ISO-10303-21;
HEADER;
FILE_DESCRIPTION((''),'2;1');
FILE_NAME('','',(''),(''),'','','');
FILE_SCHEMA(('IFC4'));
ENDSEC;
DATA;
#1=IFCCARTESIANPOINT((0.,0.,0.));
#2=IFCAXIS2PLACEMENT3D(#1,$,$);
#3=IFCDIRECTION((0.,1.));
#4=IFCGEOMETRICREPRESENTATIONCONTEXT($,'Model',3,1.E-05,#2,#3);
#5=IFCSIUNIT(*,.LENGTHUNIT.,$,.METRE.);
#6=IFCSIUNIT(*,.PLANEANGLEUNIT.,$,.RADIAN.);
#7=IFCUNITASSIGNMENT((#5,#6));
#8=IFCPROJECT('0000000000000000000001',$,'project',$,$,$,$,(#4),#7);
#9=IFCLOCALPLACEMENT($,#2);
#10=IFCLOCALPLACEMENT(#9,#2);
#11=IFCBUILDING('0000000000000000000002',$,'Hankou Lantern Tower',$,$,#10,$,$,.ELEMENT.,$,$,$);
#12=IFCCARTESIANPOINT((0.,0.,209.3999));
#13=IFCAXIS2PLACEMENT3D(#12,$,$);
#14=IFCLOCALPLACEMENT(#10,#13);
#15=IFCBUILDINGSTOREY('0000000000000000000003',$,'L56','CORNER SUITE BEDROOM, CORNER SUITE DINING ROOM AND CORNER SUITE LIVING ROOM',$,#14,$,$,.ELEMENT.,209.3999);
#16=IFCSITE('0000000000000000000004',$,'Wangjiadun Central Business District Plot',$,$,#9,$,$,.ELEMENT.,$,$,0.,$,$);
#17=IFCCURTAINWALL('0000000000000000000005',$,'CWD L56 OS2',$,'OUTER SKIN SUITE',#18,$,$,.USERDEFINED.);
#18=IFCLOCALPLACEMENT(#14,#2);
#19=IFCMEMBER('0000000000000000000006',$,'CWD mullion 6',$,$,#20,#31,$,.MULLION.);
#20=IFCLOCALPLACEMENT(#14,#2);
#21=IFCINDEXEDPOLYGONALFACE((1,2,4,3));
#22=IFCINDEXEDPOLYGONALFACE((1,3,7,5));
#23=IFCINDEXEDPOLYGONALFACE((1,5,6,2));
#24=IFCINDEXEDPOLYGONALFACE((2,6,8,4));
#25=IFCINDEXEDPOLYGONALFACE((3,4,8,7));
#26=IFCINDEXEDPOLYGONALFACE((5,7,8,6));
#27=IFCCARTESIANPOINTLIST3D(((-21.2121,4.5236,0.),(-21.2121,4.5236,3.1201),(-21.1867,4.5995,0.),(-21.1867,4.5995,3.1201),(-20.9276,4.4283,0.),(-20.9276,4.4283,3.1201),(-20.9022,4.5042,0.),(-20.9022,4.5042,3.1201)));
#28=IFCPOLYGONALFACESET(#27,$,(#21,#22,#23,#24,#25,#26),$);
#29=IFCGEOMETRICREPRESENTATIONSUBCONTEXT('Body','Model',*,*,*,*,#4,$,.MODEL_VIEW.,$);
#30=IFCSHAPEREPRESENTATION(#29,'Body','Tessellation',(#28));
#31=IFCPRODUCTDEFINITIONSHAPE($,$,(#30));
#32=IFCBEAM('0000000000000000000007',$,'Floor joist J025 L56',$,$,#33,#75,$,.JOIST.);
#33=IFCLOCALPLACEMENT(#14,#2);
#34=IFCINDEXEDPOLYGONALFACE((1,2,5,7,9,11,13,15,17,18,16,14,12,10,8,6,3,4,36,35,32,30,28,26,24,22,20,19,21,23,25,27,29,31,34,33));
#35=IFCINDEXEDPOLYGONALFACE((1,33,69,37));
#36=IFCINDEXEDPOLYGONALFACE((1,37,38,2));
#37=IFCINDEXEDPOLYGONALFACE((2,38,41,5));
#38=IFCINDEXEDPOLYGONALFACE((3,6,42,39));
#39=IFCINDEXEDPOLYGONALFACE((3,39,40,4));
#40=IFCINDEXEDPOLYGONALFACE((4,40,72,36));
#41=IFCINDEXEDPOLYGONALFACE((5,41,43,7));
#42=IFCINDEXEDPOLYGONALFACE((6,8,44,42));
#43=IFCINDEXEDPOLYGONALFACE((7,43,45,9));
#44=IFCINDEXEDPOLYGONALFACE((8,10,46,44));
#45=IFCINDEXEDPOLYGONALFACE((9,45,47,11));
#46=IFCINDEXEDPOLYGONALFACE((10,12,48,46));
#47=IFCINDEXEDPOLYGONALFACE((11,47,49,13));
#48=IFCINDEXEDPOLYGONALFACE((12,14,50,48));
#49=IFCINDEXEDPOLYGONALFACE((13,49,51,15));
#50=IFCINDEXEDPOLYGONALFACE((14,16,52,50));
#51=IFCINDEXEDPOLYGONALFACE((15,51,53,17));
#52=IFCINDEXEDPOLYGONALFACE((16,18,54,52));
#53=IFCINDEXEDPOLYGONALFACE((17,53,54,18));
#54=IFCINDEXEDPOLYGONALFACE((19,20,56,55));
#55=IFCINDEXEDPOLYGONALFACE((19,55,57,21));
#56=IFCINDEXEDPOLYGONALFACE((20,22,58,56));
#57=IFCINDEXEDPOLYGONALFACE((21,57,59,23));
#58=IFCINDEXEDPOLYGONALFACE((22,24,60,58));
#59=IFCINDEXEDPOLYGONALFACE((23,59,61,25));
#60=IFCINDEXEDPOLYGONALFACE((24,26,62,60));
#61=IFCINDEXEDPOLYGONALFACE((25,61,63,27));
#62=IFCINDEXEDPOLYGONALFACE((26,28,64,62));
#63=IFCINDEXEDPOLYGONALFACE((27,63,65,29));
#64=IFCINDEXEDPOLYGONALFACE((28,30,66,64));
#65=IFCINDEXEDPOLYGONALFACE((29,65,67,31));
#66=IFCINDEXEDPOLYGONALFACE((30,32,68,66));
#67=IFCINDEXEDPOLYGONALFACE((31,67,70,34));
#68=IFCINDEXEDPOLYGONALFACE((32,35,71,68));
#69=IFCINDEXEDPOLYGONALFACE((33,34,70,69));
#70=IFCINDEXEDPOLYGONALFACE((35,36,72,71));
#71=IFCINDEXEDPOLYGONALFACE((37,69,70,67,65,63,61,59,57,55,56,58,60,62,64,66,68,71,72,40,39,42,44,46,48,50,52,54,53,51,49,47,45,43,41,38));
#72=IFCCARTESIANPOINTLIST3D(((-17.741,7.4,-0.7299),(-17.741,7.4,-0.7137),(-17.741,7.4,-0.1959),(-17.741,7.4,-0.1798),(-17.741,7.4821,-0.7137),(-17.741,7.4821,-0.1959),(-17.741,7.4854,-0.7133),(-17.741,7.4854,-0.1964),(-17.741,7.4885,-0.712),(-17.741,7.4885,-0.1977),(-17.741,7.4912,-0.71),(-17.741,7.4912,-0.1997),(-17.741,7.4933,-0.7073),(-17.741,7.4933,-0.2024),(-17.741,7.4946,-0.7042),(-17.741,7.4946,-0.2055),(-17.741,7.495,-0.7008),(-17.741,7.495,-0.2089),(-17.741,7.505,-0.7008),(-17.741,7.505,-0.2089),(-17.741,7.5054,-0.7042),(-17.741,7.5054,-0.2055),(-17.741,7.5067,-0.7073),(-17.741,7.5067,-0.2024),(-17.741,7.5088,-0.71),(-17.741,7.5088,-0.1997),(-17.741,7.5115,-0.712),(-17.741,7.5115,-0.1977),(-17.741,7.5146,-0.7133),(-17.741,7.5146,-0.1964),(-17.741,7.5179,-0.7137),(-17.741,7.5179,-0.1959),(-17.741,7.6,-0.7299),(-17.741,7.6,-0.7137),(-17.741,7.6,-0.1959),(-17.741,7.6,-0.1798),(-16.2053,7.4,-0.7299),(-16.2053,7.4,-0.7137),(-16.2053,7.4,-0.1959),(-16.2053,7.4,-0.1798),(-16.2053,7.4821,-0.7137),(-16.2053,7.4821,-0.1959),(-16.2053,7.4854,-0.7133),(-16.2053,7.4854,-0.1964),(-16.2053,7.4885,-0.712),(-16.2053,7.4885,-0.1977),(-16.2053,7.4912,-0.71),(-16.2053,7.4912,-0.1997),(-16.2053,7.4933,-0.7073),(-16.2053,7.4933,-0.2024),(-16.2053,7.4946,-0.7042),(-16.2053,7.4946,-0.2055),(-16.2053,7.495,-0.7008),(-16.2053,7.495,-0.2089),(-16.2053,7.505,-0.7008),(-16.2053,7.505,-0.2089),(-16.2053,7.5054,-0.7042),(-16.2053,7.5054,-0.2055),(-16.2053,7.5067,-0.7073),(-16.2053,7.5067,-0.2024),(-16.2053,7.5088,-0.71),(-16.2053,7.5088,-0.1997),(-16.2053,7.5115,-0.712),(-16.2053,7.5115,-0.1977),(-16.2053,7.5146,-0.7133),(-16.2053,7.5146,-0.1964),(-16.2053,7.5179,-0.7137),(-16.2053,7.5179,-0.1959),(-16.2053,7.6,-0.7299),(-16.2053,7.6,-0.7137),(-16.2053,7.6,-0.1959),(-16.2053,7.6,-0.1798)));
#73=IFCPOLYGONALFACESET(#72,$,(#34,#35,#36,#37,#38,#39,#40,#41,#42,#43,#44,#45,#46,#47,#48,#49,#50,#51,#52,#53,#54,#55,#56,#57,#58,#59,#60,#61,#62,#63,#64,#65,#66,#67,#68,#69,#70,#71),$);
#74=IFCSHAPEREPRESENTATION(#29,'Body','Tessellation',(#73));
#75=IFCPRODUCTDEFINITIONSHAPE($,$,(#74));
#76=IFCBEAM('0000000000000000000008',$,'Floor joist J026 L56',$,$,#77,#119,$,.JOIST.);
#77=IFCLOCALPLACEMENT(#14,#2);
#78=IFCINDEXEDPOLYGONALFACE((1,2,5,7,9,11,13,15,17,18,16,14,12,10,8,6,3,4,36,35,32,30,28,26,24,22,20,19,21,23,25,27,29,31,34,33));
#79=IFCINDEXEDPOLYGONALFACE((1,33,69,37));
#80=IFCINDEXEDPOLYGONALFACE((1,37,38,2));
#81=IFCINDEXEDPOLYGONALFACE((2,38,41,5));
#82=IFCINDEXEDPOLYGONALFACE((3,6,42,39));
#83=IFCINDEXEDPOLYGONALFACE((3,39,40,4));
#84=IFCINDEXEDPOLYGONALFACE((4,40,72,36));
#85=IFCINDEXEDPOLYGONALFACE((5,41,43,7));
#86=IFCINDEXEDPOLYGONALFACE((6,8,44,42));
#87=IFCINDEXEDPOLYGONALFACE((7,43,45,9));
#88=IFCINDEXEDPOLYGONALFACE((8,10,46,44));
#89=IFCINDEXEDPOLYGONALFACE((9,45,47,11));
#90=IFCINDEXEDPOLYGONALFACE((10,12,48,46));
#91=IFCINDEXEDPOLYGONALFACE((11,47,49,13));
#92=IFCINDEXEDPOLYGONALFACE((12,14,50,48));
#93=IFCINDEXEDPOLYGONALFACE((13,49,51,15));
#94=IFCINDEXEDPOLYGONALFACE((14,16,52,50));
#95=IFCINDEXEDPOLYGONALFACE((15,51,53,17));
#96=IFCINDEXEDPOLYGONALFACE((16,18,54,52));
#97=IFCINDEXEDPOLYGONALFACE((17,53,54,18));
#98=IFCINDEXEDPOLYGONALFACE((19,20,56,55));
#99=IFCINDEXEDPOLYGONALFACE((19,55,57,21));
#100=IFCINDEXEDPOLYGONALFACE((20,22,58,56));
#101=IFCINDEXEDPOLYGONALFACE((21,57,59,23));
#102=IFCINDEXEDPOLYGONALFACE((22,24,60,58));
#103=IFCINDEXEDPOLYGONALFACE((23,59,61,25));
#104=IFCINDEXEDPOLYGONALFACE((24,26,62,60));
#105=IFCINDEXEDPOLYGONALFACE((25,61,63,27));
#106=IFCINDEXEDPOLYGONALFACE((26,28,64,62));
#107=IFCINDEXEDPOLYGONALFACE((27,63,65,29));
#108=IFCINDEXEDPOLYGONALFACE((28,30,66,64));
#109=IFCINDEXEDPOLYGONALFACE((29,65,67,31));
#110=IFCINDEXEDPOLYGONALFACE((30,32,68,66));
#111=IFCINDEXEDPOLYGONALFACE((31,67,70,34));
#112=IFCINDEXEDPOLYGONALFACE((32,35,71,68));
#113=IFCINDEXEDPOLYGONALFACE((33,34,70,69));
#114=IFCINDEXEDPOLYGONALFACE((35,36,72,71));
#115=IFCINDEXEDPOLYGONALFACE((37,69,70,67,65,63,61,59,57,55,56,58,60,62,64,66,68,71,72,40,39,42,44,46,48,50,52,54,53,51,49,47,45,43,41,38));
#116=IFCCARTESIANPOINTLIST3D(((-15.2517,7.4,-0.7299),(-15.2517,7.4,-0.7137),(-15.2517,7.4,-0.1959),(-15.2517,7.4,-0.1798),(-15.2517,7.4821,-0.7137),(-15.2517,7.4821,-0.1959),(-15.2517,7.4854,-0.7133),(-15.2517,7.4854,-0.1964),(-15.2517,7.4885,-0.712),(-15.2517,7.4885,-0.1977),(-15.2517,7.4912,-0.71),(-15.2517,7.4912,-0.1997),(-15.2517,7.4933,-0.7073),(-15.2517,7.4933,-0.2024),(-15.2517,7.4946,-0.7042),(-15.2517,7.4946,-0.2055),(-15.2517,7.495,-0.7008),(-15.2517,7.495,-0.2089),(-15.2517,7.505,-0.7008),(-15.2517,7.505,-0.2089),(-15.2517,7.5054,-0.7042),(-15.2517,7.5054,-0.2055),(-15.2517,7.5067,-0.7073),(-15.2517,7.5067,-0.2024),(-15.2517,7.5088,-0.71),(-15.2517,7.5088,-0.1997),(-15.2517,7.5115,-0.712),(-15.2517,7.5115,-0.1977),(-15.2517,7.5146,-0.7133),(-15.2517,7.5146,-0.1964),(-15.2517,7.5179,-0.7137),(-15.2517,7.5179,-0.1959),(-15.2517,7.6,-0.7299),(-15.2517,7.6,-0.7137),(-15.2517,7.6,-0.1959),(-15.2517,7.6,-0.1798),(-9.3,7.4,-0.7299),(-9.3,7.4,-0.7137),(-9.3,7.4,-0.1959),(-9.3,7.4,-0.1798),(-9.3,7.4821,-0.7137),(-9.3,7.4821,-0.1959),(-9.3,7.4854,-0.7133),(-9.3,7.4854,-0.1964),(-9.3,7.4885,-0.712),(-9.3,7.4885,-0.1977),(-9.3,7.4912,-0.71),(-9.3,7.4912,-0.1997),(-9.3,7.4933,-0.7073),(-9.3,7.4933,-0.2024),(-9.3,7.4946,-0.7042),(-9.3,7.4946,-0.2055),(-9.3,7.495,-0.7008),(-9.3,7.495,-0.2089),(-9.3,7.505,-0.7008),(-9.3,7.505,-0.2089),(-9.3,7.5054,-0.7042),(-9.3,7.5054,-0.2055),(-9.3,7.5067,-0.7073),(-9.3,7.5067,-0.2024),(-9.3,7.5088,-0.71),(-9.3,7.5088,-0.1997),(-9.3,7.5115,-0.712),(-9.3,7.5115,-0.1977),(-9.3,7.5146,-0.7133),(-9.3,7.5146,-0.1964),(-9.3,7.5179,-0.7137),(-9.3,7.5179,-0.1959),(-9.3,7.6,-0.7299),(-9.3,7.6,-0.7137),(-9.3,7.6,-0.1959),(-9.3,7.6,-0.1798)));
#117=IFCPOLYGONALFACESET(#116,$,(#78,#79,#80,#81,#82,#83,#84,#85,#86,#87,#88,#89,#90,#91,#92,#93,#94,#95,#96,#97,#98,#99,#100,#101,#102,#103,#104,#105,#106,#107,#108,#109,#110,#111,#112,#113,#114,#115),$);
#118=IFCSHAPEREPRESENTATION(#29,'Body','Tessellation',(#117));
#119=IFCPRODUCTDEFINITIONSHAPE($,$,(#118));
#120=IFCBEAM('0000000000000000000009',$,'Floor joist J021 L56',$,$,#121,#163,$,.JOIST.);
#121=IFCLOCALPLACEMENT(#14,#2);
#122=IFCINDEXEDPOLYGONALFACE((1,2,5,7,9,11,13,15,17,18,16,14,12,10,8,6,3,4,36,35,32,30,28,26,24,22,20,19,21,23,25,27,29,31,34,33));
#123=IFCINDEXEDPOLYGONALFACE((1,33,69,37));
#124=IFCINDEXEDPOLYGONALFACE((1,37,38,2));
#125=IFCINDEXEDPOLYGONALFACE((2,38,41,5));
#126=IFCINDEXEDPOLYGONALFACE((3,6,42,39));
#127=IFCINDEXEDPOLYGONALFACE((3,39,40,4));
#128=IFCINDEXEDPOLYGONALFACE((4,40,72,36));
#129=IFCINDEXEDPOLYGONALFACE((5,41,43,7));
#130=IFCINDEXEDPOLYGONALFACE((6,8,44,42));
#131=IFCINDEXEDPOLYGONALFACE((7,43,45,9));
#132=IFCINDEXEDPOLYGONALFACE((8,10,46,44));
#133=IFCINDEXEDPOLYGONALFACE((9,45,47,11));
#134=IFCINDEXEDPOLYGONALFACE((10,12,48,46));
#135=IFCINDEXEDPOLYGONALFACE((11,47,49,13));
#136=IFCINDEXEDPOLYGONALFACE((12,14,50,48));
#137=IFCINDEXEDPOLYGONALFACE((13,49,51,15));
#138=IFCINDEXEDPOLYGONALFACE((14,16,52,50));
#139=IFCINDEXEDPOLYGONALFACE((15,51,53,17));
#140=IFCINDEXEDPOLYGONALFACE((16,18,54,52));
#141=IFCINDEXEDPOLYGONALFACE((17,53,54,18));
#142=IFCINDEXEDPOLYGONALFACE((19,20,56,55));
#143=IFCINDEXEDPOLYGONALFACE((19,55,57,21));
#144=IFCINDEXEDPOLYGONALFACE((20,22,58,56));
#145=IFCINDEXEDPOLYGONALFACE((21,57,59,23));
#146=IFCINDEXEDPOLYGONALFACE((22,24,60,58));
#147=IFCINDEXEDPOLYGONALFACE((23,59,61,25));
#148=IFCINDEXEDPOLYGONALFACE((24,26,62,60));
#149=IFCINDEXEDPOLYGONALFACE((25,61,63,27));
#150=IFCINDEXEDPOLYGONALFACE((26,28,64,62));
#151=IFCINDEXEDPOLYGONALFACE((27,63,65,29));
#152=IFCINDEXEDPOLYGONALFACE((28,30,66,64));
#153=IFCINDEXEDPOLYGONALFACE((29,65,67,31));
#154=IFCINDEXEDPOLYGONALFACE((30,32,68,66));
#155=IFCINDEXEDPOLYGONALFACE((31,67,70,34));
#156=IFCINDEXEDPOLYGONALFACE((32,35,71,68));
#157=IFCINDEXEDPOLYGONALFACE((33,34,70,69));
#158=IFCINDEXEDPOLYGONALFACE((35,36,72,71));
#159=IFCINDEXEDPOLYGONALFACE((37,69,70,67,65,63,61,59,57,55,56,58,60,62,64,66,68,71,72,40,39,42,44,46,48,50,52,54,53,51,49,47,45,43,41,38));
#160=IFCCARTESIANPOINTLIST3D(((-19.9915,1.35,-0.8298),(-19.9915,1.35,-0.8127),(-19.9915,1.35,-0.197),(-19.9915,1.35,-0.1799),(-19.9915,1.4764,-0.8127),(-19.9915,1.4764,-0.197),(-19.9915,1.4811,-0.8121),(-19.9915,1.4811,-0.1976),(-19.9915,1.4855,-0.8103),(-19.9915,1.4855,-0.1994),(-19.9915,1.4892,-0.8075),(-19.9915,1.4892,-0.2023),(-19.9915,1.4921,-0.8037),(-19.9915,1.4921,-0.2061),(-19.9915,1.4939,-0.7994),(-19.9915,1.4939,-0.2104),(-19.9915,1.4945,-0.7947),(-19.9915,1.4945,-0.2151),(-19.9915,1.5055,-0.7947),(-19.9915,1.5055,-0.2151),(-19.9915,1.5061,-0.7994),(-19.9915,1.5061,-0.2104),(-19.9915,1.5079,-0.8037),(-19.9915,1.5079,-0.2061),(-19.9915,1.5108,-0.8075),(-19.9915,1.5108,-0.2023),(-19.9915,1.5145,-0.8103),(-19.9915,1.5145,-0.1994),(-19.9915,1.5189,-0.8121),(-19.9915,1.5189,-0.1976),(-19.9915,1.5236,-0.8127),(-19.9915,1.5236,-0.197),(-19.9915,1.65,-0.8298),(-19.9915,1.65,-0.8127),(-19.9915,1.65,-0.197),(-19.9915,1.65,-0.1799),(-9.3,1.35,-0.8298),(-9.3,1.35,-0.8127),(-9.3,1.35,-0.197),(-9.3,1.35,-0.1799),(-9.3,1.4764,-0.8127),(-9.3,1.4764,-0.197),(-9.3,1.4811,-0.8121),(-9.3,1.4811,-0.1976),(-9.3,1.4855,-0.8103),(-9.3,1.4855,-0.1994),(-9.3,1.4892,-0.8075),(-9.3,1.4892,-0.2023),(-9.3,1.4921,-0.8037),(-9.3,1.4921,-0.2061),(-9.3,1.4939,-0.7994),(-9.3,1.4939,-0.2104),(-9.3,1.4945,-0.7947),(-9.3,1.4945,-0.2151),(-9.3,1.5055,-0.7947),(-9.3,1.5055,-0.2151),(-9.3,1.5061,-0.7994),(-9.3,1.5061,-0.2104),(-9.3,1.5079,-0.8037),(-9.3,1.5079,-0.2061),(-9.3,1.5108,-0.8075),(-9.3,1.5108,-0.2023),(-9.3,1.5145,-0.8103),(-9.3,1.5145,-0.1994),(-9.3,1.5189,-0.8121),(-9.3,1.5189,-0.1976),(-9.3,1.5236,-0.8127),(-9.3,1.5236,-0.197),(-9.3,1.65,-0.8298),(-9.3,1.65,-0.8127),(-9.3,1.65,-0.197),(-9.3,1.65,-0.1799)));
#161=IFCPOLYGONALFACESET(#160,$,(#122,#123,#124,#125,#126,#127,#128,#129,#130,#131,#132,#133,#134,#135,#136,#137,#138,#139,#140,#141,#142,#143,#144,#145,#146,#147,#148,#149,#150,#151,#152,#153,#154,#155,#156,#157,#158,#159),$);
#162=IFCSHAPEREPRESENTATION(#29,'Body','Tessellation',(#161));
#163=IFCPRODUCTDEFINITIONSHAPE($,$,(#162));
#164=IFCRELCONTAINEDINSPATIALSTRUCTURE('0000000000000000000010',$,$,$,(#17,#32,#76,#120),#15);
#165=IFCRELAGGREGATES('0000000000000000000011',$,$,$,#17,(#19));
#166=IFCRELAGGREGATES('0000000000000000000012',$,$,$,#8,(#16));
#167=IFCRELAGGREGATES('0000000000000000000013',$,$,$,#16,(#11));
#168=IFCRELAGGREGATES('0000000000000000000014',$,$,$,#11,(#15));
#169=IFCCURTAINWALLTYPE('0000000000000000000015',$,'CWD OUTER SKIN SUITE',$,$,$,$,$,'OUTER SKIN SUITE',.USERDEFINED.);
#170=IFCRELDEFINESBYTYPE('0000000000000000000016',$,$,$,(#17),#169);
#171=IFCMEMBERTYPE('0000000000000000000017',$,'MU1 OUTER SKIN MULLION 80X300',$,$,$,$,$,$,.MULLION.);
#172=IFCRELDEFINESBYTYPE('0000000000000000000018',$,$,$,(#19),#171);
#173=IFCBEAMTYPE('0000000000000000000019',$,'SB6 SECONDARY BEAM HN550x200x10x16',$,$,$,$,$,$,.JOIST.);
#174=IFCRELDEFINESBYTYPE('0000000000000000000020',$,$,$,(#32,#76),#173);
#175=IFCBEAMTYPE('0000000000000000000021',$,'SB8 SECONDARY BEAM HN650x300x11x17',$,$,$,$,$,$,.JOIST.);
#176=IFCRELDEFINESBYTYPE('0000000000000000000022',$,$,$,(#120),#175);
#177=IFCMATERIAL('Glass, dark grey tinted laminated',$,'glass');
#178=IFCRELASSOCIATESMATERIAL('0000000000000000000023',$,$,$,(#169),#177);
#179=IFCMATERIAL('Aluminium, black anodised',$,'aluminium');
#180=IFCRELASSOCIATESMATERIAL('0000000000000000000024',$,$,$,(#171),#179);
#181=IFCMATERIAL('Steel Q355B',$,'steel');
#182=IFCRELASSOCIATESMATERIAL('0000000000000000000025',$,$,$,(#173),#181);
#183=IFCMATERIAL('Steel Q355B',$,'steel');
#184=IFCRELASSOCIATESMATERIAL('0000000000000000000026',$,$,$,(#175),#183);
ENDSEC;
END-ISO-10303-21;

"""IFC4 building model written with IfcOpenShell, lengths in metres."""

from ifc_helpers import new_model, si_unit, direction, frame, origin, origin_2d, place, context, subcontext, project, spatial, rectangle, i_section, extrude, material, material_profile, profile_set, type_object, element, aggregate, save


model = new_model("IFC4")

# Units and contexts
model_context = context("Model", 3, precision=1e-05, world=origin(), true_north=direction((0.0, 1.0)))
body_context = subcontext(model_context, "Body", "Model", "MODEL_VIEW")
ifc_project = project(units=[si_unit("LENGTHUNIT", "METRE"), si_unit("PLANEANGLEUNIT", "RADIAN")], contexts=[model_context])

# Site, building, storey
site_placement = place(None, origin())
site = spatial("IfcSite", under=ifc_project, at=site_placement, Name="Wangjiadun Central Business District Plot", CompositionType="ELEMENT", RefElevation=0.0)
building_placement = place(site_placement, origin())
building = spatial("IfcBuilding", under=site, at=building_placement, Name="Hankou Lantern Tower", CompositionType="ELEMENT")
storey_placement = place(building_placement, frame((0.0, 0.0, 209.3999)))
storey = spatial("IfcBuildingStorey", under=building, at=storey_placement, Name="L56", Description="CORNER SUITE BEDROOM, CORNER SUITE DINING ROOM AND CORNER SUITE LIVING ROOM", CompositionType="ELEMENT", Elevation=209.3999)

# Curtain wall, member
ifc_material_1 = material(Name="Glass, dark grey tinted laminated", Category="glass")
curtain_wall_type = type_object("IfcCurtainWallType", Name="CWD OUTER SKIN SUITE", ElementType="OUTER SKIN SUITE", PredefinedType="USERDEFINED", material=ifc_material_1)
curtain_wall_placement = place(storey_placement, origin())
curtain_wall = element("IfcCurtainWall", 1, at=curtain_wall_placement, inside=storey, type_object=curtain_wall_type, Name="CWD L56 OS2", ObjectType="OUTER SKIN SUITE", PredefinedType="USERDEFINED")
ifc_material_2 = material(Name="Aluminium, black anodised", Category="aluminium")
ifc_material_profile_1 = material_profile(ifc_material_2, rectangle(XDim=0.0801, YDim=0.3, at=origin_2d()), Name="MU1 80X300")
ifc_profile_set_1 = profile_set([ifc_material_profile_1], Name="Aluminium, black anodised")
member_type_1 = type_object("IfcMemberType", Name="MU1 OUTER SKIN MULLION 80X300", PredefinedType="MULLION", material=ifc_profile_set_1)
member_1_placement = place(storey_placement, frame((-21.0571, 4.5139, 0.0), z_axis=(0.0, 0.0, 1.0), x_axis=(-0.317596, -0.948226, 0.0)))
member_1 = element("IfcMember", 2, at=member_1_placement, type_object=member_type_1, Name="CWD mullion 6", PredefinedType="MULLION", context=body_context, shape_type="SweptSolid", body=[
    extrude(rectangle(XDim=0.0801, YDim=0.3, at=origin_2d()), origin(), (0.0, 0.0, 1.0), 3.1201),
])

# Beams
ifc_material_3 = material(Name="Steel Q355B", Category="steel")
ifc_material_profile_2 = material_profile(ifc_material_3, i_section(OverallWidth=0.2, OverallDepth=0.55, WebThickness=0.01, FlangeThickness=0.0161, FilletRadius=0.0129, at=origin_2d()), Name="HN550x200x10x16")
ifc_profile_set_2 = profile_set([ifc_material_profile_2], Name="Steel Q355B")
beam_type_1 = type_object("IfcBeamType", Name="SB6 SECONDARY BEAM HN550x200x10x16", PredefinedType="JOIST", material=ifc_profile_set_2)
beam_1_placement = place(storey_placement, frame((-17.741, 7.5, -0.4548), z_axis=(1.0, 0.0, 0.0), x_axis=(0.0, 1.0, 0.0)))
element("IfcBeam", 3, at=beam_1_placement, inside=storey, type_object=beam_type_1, Name="Floor joist J025 L56", PredefinedType="JOIST", context=body_context, shape_type="SweptSolid", body=[
    extrude(i_section(OverallWidth=0.2, OverallDepth=0.55, WebThickness=0.01, FlangeThickness=0.0161, FilletRadius=0.0129, at=origin_2d()), origin(), (0.0, 0.0, 1.0), 1.5356),
])
beam_2_placement = place(storey_placement, frame((-15.2517, 7.5, -0.4548), z_axis=(1.0, 0.0, 0.0), x_axis=(0.0, 1.0, 0.0)))
element("IfcBeam", 4, at=beam_2_placement, inside=storey, type_object=beam_type_1, Name="Floor joist J026 L56", PredefinedType="JOIST", context=body_context, shape_type="SweptSolid", body=[
    extrude(i_section(OverallWidth=0.2, OverallDepth=0.55, WebThickness=0.01, FlangeThickness=0.0161, FilletRadius=0.0129, at=origin_2d()), origin(), (0.0, 0.0, 1.0), 5.9517),
])
ifc_material_4 = material(Name="Steel Q355B", Category="steel")
ifc_material_profile_3 = material_profile(ifc_material_4, i_section(OverallWidth=0.3, OverallDepth=0.6499, WebThickness=0.011, FlangeThickness=0.0171, FilletRadius=0.0181, at=origin_2d()), Name="HN650x300x11x17")
ifc_profile_set_3 = profile_set([ifc_material_profile_3], Name="Steel Q355B")
beam_type_2 = type_object("IfcBeamType", Name="SB8 SECONDARY BEAM HN650x300x11x17", PredefinedType="JOIST", material=ifc_profile_set_3)
beam_3_placement = place(storey_placement, frame((-19.9915, 1.5, -0.5049), z_axis=(1.0, 0.0, 0.0), x_axis=(0.0, 1.0, 0.0)))
element("IfcBeam", 5, at=beam_3_placement, inside=storey, type_object=beam_type_2, Name="Floor joist J021 L56", PredefinedType="JOIST", context=body_context, shape_type="SweptSolid", body=[
    extrude(i_section(OverallWidth=0.3, OverallDepth=0.6499, WebThickness=0.011, FlangeThickness=0.0171, FilletRadius=0.0181, at=origin_2d()), origin(), (0.0, 0.0, 1.0), 10.6914),
])

aggregate(curtain_wall, [member_1])

save(model, "model.ifc")
